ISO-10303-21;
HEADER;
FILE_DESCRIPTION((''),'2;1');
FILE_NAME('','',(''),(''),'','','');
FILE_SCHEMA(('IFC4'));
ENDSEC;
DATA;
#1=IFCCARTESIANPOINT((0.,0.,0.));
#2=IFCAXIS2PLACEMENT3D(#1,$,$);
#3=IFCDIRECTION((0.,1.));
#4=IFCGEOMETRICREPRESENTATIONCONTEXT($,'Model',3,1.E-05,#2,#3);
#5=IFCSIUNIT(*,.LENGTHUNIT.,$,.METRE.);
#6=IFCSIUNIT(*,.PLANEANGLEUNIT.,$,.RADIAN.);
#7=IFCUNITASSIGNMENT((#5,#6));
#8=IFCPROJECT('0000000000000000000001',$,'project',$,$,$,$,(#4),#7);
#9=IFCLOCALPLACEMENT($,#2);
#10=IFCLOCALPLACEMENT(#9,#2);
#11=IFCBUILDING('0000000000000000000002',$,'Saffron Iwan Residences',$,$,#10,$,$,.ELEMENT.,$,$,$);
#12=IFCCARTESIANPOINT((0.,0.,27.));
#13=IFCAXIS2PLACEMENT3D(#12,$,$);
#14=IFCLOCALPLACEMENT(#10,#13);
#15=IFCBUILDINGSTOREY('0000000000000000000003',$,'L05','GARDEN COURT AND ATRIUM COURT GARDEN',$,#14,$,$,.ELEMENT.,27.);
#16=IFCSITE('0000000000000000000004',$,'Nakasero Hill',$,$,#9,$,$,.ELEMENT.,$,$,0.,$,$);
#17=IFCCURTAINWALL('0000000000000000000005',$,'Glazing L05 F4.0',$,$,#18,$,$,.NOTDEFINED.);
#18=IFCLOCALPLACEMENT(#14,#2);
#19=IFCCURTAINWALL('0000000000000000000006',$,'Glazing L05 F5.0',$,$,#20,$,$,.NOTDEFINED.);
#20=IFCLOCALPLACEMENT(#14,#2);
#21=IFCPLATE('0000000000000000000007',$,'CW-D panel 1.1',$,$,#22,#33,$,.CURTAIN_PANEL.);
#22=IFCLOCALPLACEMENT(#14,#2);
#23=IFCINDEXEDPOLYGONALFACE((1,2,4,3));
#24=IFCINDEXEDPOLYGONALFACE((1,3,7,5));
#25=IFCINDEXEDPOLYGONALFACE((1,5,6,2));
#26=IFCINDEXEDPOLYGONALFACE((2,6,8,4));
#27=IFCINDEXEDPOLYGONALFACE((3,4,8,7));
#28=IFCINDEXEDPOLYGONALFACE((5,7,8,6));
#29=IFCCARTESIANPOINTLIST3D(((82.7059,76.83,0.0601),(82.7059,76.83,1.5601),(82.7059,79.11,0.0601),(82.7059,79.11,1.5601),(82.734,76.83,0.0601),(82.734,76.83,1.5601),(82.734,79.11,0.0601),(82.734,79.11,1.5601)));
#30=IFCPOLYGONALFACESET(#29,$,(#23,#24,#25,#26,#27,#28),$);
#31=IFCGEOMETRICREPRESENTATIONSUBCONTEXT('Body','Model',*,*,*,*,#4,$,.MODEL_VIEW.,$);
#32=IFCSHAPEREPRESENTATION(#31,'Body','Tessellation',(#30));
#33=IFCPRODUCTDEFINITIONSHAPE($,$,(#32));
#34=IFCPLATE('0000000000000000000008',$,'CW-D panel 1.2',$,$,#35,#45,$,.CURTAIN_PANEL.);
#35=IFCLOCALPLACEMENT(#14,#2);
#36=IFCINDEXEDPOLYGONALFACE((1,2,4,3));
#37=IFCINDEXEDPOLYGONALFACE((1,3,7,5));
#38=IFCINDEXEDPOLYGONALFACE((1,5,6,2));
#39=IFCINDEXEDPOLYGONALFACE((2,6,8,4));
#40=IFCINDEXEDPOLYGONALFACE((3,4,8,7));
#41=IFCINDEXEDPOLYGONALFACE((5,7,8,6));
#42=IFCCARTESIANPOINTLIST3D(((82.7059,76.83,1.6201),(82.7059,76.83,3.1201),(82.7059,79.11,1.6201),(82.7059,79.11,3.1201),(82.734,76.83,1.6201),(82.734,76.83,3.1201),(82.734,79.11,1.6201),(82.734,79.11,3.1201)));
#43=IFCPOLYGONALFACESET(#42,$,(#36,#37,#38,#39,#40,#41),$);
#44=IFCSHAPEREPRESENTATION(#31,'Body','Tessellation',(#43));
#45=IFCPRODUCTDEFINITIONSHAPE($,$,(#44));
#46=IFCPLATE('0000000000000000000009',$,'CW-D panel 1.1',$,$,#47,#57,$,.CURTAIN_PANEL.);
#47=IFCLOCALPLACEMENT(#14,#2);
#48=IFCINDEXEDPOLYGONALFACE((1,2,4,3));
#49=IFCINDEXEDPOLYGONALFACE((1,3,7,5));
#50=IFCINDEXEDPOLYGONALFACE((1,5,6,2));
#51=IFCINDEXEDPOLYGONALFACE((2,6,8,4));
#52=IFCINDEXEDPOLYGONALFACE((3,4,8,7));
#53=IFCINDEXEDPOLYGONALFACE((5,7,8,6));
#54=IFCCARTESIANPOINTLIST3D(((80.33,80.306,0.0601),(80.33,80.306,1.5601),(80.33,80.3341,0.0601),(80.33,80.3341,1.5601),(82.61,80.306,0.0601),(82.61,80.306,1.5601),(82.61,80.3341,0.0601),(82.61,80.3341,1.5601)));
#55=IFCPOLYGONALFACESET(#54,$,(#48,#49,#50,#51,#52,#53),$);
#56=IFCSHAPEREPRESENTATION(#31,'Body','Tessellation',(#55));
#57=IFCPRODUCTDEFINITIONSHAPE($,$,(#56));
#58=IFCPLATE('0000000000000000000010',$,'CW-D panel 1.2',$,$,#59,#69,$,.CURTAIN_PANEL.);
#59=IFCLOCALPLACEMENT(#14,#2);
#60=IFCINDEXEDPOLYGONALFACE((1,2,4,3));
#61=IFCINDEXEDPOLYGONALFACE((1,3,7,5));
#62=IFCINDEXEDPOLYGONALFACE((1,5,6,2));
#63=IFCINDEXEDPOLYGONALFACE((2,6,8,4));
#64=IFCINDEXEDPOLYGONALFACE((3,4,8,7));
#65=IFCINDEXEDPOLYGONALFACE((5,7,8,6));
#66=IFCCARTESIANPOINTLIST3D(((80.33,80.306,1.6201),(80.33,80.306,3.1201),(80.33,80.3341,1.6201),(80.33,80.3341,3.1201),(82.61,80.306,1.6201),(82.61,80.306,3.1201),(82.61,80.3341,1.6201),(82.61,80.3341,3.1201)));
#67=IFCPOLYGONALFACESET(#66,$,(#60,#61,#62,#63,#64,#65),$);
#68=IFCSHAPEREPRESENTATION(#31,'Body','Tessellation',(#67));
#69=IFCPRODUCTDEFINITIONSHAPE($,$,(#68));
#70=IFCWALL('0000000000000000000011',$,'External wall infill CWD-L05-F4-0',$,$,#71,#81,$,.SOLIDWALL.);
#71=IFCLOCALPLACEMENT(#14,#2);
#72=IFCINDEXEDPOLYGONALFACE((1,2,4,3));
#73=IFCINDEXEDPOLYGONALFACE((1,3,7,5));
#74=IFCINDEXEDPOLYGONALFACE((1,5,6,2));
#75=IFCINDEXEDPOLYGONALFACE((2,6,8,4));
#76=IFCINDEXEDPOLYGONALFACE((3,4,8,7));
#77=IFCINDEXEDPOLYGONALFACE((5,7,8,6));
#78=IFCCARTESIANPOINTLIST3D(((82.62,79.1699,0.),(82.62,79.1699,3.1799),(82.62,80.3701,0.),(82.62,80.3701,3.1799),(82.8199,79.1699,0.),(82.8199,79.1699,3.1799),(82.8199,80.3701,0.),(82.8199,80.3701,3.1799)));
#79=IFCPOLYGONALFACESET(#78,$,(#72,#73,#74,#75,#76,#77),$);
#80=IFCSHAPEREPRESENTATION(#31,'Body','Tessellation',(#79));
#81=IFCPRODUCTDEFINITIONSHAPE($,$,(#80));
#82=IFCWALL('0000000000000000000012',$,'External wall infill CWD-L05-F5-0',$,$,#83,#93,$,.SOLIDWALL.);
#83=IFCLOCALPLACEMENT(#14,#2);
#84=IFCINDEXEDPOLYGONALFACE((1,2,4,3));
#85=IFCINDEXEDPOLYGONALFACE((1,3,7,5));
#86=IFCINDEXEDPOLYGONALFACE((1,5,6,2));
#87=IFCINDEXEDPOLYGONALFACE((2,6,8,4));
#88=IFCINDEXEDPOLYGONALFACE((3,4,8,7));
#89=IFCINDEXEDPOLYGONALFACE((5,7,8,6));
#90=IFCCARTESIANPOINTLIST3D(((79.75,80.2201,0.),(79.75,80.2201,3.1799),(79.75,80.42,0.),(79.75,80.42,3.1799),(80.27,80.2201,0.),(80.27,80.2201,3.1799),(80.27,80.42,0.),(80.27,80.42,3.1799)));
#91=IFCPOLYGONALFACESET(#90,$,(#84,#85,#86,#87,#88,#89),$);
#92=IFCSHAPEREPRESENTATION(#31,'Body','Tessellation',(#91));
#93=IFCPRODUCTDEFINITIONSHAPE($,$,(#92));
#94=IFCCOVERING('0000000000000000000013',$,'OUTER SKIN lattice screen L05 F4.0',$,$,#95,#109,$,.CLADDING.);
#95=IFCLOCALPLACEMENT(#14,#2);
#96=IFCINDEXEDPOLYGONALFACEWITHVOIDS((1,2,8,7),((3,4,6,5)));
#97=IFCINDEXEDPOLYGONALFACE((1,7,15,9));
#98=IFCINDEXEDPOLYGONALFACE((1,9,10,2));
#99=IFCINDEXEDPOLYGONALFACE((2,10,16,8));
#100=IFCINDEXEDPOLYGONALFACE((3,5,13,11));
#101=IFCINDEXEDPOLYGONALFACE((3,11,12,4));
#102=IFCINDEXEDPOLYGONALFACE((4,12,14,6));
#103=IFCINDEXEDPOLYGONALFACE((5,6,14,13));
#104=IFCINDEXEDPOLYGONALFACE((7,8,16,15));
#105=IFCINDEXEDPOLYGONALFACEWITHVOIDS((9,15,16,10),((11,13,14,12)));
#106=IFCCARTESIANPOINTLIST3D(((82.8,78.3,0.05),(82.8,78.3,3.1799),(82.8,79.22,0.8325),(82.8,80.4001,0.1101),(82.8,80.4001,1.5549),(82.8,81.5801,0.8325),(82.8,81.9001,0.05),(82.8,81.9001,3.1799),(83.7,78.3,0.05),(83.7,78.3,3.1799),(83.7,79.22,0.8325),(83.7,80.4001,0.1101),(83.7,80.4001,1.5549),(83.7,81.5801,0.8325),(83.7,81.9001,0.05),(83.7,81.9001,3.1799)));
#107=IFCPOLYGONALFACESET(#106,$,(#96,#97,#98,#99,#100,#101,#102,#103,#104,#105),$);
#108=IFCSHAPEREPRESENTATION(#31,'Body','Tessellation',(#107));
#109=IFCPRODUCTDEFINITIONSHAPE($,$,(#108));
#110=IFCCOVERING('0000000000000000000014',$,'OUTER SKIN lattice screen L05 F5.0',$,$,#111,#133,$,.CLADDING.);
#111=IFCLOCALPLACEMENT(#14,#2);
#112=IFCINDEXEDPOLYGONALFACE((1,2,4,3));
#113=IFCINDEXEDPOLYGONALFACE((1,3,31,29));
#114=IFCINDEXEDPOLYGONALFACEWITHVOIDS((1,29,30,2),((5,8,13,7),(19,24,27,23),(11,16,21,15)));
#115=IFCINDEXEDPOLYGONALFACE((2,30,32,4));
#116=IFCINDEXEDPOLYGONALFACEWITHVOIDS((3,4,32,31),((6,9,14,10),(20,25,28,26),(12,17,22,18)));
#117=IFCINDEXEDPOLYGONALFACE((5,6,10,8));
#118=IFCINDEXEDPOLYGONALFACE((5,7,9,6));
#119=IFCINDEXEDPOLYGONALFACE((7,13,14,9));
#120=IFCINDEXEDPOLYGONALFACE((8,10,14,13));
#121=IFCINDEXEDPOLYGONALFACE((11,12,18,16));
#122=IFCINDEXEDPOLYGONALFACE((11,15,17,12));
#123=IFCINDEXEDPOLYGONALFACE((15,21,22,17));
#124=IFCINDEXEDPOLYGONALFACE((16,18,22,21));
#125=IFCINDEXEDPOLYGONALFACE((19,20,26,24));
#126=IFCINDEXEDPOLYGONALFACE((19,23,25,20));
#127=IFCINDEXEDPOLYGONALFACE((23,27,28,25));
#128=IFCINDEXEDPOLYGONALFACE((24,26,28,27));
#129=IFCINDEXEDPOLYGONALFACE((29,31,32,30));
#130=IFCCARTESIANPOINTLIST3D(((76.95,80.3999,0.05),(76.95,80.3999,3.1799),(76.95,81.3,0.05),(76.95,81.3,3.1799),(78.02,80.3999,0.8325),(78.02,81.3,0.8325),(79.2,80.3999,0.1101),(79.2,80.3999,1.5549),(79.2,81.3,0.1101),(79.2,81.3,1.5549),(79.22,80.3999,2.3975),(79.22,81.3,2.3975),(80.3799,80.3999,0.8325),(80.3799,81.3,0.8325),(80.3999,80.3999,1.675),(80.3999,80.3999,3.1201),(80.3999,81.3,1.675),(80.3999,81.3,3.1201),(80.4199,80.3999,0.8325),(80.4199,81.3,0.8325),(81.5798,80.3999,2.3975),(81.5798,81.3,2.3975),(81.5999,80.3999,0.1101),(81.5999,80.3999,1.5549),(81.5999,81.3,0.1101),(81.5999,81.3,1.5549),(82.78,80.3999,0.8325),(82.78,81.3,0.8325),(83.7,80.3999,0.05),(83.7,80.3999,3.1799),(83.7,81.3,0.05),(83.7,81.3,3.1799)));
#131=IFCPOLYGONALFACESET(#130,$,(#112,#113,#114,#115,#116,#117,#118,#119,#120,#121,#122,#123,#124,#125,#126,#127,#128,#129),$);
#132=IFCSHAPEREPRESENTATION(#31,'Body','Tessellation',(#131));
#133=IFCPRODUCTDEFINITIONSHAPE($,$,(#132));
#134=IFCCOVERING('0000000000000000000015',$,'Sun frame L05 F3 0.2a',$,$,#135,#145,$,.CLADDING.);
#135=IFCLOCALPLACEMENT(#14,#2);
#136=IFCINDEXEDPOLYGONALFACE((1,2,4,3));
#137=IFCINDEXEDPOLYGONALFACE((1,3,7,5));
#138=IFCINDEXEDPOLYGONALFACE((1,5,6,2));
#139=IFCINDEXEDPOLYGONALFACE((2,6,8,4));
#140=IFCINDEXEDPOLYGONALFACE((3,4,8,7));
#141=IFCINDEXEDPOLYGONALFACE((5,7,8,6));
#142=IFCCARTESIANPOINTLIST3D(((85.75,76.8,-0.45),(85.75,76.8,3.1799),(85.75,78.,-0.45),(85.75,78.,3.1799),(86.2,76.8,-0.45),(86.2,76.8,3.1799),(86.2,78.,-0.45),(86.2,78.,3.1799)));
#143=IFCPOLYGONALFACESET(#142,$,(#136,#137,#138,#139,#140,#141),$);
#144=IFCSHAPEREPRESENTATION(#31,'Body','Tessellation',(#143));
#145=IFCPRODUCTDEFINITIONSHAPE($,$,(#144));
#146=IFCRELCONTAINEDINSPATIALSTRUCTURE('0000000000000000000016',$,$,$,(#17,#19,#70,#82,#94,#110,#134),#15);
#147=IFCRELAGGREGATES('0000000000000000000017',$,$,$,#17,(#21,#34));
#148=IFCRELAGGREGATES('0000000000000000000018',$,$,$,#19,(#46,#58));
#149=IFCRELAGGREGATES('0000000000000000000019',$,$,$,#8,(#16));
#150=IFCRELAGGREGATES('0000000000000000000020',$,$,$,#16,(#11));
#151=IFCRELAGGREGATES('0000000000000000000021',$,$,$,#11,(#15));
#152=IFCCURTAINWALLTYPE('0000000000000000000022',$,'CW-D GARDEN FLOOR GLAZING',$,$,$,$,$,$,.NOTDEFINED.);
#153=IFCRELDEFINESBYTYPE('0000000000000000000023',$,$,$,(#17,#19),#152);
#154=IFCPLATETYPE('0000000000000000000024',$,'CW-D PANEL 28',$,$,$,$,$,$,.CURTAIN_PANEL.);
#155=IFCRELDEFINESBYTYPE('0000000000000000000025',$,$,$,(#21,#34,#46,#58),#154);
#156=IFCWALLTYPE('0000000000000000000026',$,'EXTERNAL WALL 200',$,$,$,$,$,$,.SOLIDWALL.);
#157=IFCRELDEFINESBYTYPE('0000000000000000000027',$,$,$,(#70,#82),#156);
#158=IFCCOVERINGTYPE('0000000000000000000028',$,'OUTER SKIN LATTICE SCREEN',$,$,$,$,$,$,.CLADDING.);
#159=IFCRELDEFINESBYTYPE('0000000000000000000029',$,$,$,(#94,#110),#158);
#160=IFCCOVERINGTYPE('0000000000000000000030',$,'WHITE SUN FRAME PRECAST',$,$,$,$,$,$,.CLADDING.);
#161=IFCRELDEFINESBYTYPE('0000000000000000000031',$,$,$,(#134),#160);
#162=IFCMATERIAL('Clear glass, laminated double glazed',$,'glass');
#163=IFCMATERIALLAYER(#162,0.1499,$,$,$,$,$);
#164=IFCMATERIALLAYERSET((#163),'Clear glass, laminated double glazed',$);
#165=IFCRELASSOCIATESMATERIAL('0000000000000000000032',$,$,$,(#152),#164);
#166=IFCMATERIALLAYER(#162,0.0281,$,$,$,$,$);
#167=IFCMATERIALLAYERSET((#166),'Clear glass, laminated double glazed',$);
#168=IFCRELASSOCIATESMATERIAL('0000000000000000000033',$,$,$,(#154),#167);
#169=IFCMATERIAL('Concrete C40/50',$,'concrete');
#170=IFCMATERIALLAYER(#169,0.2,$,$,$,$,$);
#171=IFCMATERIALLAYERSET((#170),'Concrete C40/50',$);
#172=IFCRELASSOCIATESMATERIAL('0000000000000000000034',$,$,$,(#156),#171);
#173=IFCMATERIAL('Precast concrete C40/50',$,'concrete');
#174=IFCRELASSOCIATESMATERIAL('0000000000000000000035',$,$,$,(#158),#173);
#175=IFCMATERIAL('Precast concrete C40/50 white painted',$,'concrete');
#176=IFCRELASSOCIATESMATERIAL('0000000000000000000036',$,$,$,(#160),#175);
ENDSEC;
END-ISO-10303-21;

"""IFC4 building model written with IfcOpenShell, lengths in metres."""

from ifc_helpers import new_model, si_unit, direction, frame, frame_2d, origin, origin_2d, place, context, subcontext, project, spatial, polyline, rectangle, outline, extrude, source, transform, mapped, material, layer, layer_set, type_object, element, aggregate, save


model = new_model("IFC4")

# Units and contexts
model_context = context("Model", 3, precision=1e-05, world=origin(), true_north=direction((0.0, 1.0)))
body_context = subcontext(model_context, "Body", "Model", "MODEL_VIEW")
ifc_project = project(units=[si_unit("LENGTHUNIT", "METRE"), si_unit("PLANEANGLEUNIT", "RADIAN")], contexts=[model_context])

# Site, building, storey
site_placement = place(None, origin())
site = spatial("IfcSite", under=ifc_project, at=site_placement, Name="Nakasero Hill", CompositionType="ELEMENT", RefElevation=0.0)
building_placement = place(site_placement, origin())
building = spatial("IfcBuilding", under=site, at=building_placement, Name="Saffron Iwan Residences", CompositionType="ELEMENT")
storey_placement = place(building_placement, frame((0.0, 0.0, 27.0)))
storey = spatial("IfcBuildingStorey", under=building, at=storey_placement, Name="L05", Description="GARDEN COURT AND ATRIUM COURT GARDEN", CompositionType="ELEMENT", Elevation=27.0)

# Curtain wall
ifc_material_1 = material(Name="Clear glass, laminated double glazed", Category="glass")
ifc_layer_1 = layer(ifc_material_1, 0.1499)
ifc_layer_set_1 = layer_set([ifc_layer_1], Name="Clear glass, laminated double glazed")
curtain_wall_type = type_object("IfcCurtainWallType", Name="CW-D GARDEN FLOOR GLAZING", PredefinedType="NOTDEFINED", material=ifc_layer_set_1)
curtain_wall_1_placement = place(storey_placement, origin())
curtain_wall_1 = element("IfcCurtainWall", 1, at=curtain_wall_1_placement, inside=storey, type_object=curtain_wall_type, Name="Glazing L05 F4.0", PredefinedType="NOTDEFINED")

# Curtain wall
curtain_wall_2_placement = place(storey_placement, origin())
curtain_wall_2 = element("IfcCurtainWall", 2, at=curtain_wall_2_placement, inside=storey, type_object=curtain_wall_type, Name="Glazing L05 F5.0", PredefinedType="NOTDEFINED")

# Plates
ifc_layer_2 = layer(ifc_material_1, 0.0281)
ifc_layer_set_2 = layer_set([ifc_layer_2], Name="Clear glass, laminated double glazed")
plate_type = type_object("IfcPlateType", Name="CW-D PANEL 28", PredefinedType="CURTAIN_PANEL", material=ifc_layer_set_2)
shared_shape_1 = source(origin(), body_context, "Body", "SweptSolid", [
    extrude(rectangle(XDim=2.28, YDim=0.0281, at=origin_2d()), origin(), (0.0, 0.0, 1.0), 1.5),
])
plate_1_placement = place(storey_placement, frame((82.72, 77.97, 0.0601), z_axis=(0.0, 0.0, 1.0), x_axis=(0.0, 1.0, 0.0)))
plate_1 = element("IfcPlate", 3, at=plate_1_placement, type_object=plate_type, Name="CW-D panel 1.1", PredefinedType="CURTAIN_PANEL", context=body_context, shape_type="MappedRepresentation", body=[
    mapped(shared_shape_1, transform((0.0, 0.0, 0.0))),
])
plate_2_placement = place(storey_placement, frame((82.72, 77.97, 1.6201), z_axis=(0.0, 0.0, 1.0), x_axis=(0.0, 1.0, 0.0)))
plate_2 = element("IfcPlate", 4, at=plate_2_placement, type_object=plate_type, Name="CW-D panel 1.2", PredefinedType="CURTAIN_PANEL", context=body_context, shape_type="MappedRepresentation", body=[
    mapped(shared_shape_1, transform((0.0, 0.0, 0.0))),
])
aggregate(curtain_wall_1, [plate_1, plate_2])
plate_3_placement = place(storey_placement, frame((81.47, 80.3201, 0.0601), z_axis=(0.0, 0.0, 1.0), x_axis=(-1.0, 0.0, 0.0)))
plate_3 = element("IfcPlate", 5, at=plate_3_placement, type_object=plate_type, Name="CW-D panel 1.1", PredefinedType="CURTAIN_PANEL", context=body_context, shape_type="MappedRepresentation", body=[
    mapped(shared_shape_1, transform((0.0, 0.0, 0.0))),
])
plate_4_placement = place(storey_placement, frame((81.47, 80.3201, 1.6201), z_axis=(0.0, 0.0, 1.0), x_axis=(-1.0, 0.0, 0.0)))
plate_4 = element("IfcPlate", 6, at=plate_4_placement, type_object=plate_type, Name="CW-D panel 1.2", PredefinedType="CURTAIN_PANEL", context=body_context, shape_type="MappedRepresentation", body=[
    mapped(shared_shape_1, transform((0.0, 0.0, 0.0))),
])
aggregate(curtain_wall_2, [plate_3, plate_4])

# Walls
ifc_material_2 = material(Name="Concrete C40/50", Category="concrete")
ifc_layer_3 = layer(ifc_material_2, 0.2)
ifc_layer_set_3 = layer_set([ifc_layer_3], Name="Concrete C40/50")
wall_type = type_object("IfcWallType", Name="EXTERNAL WALL 200", PredefinedType="SOLIDWALL", material=ifc_layer_set_3)
wall_1_placement = place(storey_placement, frame((82.72, 79.1699, 0.0), z_axis=(0.0, 0.0, 1.0), x_axis=(0.0, 1.0, 0.0)))
element("IfcWall", 7, at=wall_1_placement, inside=storey, type_object=wall_type, Name="External wall infill CWD-L05-F4-0", PredefinedType="SOLIDWALL", context=body_context, shape_type="SweptSolid", body=[
    extrude(rectangle(XDim=1.2002, YDim=0.2, at=frame_2d((0.6001, 0.0))), origin(), (0.0, 0.0, 1.0), 3.1799),
])
wall_2_placement = place(storey_placement, frame((80.27, 80.3201, 0.0), z_axis=(0.0, 0.0, 1.0), x_axis=(-1.0, 0.0, 0.0)))
element("IfcWall", 8, at=wall_2_placement, inside=storey, type_object=wall_type, Name="External wall infill CWD-L05-F5-0", PredefinedType="SOLIDWALL", context=body_context, shape_type="SweptSolid", body=[
    extrude(rectangle(XDim=0.52, YDim=0.2, at=frame_2d((0.26, 0.0))), origin(), (0.0, 0.0, 1.0), 3.1799),
])

# Coverings
ifc_material_3 = material(Name="Precast concrete C40/50", Category="concrete")
covering_type_1 = type_object("IfcCoveringType", Name="OUTER SKIN LATTICE SCREEN", PredefinedType="CLADDING", material=ifc_material_3)
covering_1_placement = place(storey_placement, frame((82.8, 78.3, 0.05), z_axis=(1.0, 0.0, 0.0), x_axis=(0.0, 1.0, 0.0)))
element("IfcCovering", 9, at=covering_1_placement, inside=storey, type_object=covering_type_1, Name="OUTER SKIN lattice screen L05 F4.0", PredefinedType="CLADDING", context=body_context, shape_type="SweptSolid", body=[
    extrude(outline(polyline([(0.0, 0.0), (3.6001, 0.0), (3.6001, 3.1299), (0.0, 3.1299), (0.0, 0.0)]), holes=[polyline([(0.9199, 0.7825), (2.1001, 0.0601), (3.28, 0.7825), (2.1001, 1.5049), (0.9199, 0.7825)])]), origin(), (0.0, 0.0, 1.0), 0.8999),
])
covering_2_placement = place(storey_placement, frame((83.7, 80.3999, 0.05), z_axis=(0.0, 1.0, 0.0), x_axis=(-1.0, 0.0, 0.0)))
element("IfcCovering", 10, at=covering_2_placement, inside=storey, type_object=covering_type_1, Name="OUTER SKIN lattice screen L05 F5.0", PredefinedType="CLADDING", context=body_context, shape_type="SweptSolid", body=[
    extrude(outline(polyline([(0.0, 0.0), (6.75, 0.0), (6.75, 3.1299), (0.0, 3.1299), (0.0, 0.0)]), holes=[polyline([(0.9199, 0.7825), (2.1001, 0.0601), (3.28, 0.7825), (2.1001, 1.5049), (0.9199, 0.7825)]), polyline([(3.3201, 0.7825), (4.5, 0.0601), (5.6799, 0.7825), (4.5, 1.5049), (3.3201, 0.7825)]), polyline([(2.1201, 2.3474), (3.3, 1.625), (4.48, 2.3474), (3.3, 3.0701), (2.1201, 2.3474)])]), origin(), (0.0, 0.0, 1.0), 0.9001),
])
ifc_material_4 = material(Name="Precast concrete C40/50 white painted", Category="concrete")
covering_type_2 = type_object("IfcCoveringType", Name="WHITE SUN FRAME PRECAST", PredefinedType="CLADDING", material=ifc_material_4)
covering_3_placement = place(storey_placement, frame((86.2, 76.8, -0.45), z_axis=(0.0, 1.0, 0.0), x_axis=(-1.0, 0.0, 0.0)))
element("IfcCovering", 11, at=covering_3_placement, inside=storey, type_object=covering_type_2, Name="Sun frame L05 F3 0.2a", PredefinedType="CLADDING", context=body_context, shape_type="SweptSolid", body=[
    extrude(outline(polyline([(0.0, 0.0), (0.45, 0.0), (0.45, 3.6299), (0.0, 3.6299), (0.0, 0.0)])), origin(), (0.0, 0.0, 1.0), 1.2),
])

save(model, "model.ifc")
